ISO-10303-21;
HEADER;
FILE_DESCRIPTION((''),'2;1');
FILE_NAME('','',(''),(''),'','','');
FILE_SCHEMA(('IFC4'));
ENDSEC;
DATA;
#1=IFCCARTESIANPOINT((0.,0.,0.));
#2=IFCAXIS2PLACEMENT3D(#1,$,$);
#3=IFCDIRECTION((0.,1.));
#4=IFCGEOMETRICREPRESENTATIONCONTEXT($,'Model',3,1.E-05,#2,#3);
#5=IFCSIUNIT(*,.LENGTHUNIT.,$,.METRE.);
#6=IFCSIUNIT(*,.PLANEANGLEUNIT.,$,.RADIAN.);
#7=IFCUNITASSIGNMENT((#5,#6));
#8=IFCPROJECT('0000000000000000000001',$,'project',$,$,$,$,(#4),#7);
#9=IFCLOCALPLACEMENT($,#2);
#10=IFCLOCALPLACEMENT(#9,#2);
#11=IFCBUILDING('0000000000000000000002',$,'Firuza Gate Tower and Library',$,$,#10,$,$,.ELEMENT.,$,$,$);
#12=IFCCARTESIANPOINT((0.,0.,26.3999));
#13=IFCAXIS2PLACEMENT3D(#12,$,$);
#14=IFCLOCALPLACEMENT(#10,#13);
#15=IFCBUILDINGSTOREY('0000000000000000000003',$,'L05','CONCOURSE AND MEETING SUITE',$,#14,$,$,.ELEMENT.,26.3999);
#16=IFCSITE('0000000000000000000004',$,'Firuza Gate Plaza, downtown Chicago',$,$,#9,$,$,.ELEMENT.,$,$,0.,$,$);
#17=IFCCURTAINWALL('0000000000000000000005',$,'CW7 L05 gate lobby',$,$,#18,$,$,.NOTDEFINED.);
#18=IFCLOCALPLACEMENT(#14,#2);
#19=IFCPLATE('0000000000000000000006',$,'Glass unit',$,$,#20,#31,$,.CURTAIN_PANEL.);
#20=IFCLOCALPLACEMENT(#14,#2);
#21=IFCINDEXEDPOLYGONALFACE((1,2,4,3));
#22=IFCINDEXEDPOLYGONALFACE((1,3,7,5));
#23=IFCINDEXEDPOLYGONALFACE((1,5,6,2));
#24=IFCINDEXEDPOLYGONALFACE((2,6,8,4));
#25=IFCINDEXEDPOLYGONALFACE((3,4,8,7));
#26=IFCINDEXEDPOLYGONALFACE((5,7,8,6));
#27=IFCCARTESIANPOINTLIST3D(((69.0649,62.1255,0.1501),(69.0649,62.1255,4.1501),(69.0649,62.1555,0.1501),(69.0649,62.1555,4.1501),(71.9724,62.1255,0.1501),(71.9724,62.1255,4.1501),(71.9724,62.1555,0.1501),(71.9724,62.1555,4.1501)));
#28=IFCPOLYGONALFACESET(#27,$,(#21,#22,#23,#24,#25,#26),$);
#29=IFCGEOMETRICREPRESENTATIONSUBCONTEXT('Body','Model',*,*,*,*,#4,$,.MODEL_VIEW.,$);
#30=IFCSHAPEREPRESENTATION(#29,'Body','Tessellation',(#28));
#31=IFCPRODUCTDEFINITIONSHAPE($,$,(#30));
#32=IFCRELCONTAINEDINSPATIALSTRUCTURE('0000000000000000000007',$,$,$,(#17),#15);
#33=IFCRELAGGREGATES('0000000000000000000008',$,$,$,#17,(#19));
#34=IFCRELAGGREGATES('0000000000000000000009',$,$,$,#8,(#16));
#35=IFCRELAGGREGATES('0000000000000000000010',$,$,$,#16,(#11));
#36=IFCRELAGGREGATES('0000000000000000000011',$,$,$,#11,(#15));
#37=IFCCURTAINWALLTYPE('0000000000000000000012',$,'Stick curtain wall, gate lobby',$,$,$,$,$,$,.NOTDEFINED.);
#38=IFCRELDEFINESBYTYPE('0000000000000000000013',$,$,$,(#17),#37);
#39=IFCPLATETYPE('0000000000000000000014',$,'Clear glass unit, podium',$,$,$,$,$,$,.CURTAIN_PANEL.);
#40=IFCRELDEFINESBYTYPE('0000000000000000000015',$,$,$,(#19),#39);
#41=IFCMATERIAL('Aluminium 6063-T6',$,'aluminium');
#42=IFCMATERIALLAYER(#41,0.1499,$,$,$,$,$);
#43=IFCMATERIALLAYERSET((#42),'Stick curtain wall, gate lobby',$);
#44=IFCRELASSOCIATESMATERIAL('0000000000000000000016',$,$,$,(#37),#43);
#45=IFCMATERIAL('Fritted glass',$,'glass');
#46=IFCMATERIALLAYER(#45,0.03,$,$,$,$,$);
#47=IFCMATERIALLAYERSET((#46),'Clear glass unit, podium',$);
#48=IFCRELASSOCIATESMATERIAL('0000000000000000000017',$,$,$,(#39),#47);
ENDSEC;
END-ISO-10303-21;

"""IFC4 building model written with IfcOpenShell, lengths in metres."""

from ifc_helpers import new_model, si_unit, direction, frame, origin, place, context, subcontext, project, spatial, polyline, outline, extrude, material, layer, layer_set, type_object, element, aggregate, save


model = new_model("IFC4")

# Units and contexts
model_context = context("Model", 3, precision=1e-05, world=origin(), true_north=direction((0.0, 1.0)))
body_context = subcontext(model_context, "Body", "Model", "MODEL_VIEW")
ifc_project = project(units=[si_unit("LENGTHUNIT", "METRE"), si_unit("PLANEANGLEUNIT", "RADIAN")], contexts=[model_context])

# Site, building, storey
site_placement = place(None, origin())
site = spatial("IfcSite", under=ifc_project, at=site_placement, Name="Firuza Gate Plaza, downtown Chicago", CompositionType="ELEMENT", RefElevation=0.0)
building_placement = place(site_placement, origin())
building = spatial("IfcBuilding", under=site, at=building_placement, Name="Firuza Gate Tower and Library", CompositionType="ELEMENT")
storey_placement = place(building_placement, frame((0.0, 0.0, 26.3999)))
storey = spatial("IfcBuildingStorey", under=building, at=storey_placement, Name="L05", Description="CONCOURSE AND MEETING SUITE", CompositionType="ELEMENT", Elevation=26.3999)

# Shared definitions
placement = place(storey_placement, origin())

# Curtain wall
ifc_material_1 = material(Name="Aluminium 6063-T6", Category="aluminium")
ifc_layer_1 = layer(ifc_material_1, 0.1499)
ifc_layer_set_1 = layer_set([ifc_layer_1], Name="Stick curtain wall, gate lobby")
curtain_wall_type_1 = type_object("IfcCurtainWallType", Name="Stick curtain wall, gate lobby", PredefinedType="NOTDEFINED", material=ifc_layer_set_1)
curtain_wall_1 = element("IfcCurtainWall", 1, at=placement, inside=storey, type_object=curtain_wall_type_1, Name="CW7 L05 gate lobby", PredefinedType="NOTDEFINED")

# Plate
ifc_material_2 = material(Name="Fritted glass", Category="glass")
ifc_layer_2 = layer(ifc_material_2, 0.03)
ifc_layer_set_2 = layer_set([ifc_layer_2], Name="Clear glass unit, podium")
plate_type = type_object("IfcPlateType", Name="Clear glass unit, podium", PredefinedType="CURTAIN_PANEL", material=ifc_layer_set_2)
plate_1_placement = place(storey_placement, frame((69.0649, 62.1255, 0.1501), z_axis=(0.0, -1.0, 0.0), x_axis=(1.0, 0.0, 0.0)))
plate_1 = element("IfcPlate", 2, at=plate_1_placement, type_object=plate_type, Name="Glass unit", PredefinedType="CURTAIN_PANEL", context=body_context, shape_type="SweptSolid", body=[
    extrude(outline(polyline([(0.0, 0.0), (2.9075, 0.0), (2.9075, 4.0), (0.0, 4.0), (0.0, 0.0)])), origin(), (0.0, 0.0, -1.0), 0.03),
])
aggregate(curtain_wall_1, [plate_1])

save(model, "model.ifc")
